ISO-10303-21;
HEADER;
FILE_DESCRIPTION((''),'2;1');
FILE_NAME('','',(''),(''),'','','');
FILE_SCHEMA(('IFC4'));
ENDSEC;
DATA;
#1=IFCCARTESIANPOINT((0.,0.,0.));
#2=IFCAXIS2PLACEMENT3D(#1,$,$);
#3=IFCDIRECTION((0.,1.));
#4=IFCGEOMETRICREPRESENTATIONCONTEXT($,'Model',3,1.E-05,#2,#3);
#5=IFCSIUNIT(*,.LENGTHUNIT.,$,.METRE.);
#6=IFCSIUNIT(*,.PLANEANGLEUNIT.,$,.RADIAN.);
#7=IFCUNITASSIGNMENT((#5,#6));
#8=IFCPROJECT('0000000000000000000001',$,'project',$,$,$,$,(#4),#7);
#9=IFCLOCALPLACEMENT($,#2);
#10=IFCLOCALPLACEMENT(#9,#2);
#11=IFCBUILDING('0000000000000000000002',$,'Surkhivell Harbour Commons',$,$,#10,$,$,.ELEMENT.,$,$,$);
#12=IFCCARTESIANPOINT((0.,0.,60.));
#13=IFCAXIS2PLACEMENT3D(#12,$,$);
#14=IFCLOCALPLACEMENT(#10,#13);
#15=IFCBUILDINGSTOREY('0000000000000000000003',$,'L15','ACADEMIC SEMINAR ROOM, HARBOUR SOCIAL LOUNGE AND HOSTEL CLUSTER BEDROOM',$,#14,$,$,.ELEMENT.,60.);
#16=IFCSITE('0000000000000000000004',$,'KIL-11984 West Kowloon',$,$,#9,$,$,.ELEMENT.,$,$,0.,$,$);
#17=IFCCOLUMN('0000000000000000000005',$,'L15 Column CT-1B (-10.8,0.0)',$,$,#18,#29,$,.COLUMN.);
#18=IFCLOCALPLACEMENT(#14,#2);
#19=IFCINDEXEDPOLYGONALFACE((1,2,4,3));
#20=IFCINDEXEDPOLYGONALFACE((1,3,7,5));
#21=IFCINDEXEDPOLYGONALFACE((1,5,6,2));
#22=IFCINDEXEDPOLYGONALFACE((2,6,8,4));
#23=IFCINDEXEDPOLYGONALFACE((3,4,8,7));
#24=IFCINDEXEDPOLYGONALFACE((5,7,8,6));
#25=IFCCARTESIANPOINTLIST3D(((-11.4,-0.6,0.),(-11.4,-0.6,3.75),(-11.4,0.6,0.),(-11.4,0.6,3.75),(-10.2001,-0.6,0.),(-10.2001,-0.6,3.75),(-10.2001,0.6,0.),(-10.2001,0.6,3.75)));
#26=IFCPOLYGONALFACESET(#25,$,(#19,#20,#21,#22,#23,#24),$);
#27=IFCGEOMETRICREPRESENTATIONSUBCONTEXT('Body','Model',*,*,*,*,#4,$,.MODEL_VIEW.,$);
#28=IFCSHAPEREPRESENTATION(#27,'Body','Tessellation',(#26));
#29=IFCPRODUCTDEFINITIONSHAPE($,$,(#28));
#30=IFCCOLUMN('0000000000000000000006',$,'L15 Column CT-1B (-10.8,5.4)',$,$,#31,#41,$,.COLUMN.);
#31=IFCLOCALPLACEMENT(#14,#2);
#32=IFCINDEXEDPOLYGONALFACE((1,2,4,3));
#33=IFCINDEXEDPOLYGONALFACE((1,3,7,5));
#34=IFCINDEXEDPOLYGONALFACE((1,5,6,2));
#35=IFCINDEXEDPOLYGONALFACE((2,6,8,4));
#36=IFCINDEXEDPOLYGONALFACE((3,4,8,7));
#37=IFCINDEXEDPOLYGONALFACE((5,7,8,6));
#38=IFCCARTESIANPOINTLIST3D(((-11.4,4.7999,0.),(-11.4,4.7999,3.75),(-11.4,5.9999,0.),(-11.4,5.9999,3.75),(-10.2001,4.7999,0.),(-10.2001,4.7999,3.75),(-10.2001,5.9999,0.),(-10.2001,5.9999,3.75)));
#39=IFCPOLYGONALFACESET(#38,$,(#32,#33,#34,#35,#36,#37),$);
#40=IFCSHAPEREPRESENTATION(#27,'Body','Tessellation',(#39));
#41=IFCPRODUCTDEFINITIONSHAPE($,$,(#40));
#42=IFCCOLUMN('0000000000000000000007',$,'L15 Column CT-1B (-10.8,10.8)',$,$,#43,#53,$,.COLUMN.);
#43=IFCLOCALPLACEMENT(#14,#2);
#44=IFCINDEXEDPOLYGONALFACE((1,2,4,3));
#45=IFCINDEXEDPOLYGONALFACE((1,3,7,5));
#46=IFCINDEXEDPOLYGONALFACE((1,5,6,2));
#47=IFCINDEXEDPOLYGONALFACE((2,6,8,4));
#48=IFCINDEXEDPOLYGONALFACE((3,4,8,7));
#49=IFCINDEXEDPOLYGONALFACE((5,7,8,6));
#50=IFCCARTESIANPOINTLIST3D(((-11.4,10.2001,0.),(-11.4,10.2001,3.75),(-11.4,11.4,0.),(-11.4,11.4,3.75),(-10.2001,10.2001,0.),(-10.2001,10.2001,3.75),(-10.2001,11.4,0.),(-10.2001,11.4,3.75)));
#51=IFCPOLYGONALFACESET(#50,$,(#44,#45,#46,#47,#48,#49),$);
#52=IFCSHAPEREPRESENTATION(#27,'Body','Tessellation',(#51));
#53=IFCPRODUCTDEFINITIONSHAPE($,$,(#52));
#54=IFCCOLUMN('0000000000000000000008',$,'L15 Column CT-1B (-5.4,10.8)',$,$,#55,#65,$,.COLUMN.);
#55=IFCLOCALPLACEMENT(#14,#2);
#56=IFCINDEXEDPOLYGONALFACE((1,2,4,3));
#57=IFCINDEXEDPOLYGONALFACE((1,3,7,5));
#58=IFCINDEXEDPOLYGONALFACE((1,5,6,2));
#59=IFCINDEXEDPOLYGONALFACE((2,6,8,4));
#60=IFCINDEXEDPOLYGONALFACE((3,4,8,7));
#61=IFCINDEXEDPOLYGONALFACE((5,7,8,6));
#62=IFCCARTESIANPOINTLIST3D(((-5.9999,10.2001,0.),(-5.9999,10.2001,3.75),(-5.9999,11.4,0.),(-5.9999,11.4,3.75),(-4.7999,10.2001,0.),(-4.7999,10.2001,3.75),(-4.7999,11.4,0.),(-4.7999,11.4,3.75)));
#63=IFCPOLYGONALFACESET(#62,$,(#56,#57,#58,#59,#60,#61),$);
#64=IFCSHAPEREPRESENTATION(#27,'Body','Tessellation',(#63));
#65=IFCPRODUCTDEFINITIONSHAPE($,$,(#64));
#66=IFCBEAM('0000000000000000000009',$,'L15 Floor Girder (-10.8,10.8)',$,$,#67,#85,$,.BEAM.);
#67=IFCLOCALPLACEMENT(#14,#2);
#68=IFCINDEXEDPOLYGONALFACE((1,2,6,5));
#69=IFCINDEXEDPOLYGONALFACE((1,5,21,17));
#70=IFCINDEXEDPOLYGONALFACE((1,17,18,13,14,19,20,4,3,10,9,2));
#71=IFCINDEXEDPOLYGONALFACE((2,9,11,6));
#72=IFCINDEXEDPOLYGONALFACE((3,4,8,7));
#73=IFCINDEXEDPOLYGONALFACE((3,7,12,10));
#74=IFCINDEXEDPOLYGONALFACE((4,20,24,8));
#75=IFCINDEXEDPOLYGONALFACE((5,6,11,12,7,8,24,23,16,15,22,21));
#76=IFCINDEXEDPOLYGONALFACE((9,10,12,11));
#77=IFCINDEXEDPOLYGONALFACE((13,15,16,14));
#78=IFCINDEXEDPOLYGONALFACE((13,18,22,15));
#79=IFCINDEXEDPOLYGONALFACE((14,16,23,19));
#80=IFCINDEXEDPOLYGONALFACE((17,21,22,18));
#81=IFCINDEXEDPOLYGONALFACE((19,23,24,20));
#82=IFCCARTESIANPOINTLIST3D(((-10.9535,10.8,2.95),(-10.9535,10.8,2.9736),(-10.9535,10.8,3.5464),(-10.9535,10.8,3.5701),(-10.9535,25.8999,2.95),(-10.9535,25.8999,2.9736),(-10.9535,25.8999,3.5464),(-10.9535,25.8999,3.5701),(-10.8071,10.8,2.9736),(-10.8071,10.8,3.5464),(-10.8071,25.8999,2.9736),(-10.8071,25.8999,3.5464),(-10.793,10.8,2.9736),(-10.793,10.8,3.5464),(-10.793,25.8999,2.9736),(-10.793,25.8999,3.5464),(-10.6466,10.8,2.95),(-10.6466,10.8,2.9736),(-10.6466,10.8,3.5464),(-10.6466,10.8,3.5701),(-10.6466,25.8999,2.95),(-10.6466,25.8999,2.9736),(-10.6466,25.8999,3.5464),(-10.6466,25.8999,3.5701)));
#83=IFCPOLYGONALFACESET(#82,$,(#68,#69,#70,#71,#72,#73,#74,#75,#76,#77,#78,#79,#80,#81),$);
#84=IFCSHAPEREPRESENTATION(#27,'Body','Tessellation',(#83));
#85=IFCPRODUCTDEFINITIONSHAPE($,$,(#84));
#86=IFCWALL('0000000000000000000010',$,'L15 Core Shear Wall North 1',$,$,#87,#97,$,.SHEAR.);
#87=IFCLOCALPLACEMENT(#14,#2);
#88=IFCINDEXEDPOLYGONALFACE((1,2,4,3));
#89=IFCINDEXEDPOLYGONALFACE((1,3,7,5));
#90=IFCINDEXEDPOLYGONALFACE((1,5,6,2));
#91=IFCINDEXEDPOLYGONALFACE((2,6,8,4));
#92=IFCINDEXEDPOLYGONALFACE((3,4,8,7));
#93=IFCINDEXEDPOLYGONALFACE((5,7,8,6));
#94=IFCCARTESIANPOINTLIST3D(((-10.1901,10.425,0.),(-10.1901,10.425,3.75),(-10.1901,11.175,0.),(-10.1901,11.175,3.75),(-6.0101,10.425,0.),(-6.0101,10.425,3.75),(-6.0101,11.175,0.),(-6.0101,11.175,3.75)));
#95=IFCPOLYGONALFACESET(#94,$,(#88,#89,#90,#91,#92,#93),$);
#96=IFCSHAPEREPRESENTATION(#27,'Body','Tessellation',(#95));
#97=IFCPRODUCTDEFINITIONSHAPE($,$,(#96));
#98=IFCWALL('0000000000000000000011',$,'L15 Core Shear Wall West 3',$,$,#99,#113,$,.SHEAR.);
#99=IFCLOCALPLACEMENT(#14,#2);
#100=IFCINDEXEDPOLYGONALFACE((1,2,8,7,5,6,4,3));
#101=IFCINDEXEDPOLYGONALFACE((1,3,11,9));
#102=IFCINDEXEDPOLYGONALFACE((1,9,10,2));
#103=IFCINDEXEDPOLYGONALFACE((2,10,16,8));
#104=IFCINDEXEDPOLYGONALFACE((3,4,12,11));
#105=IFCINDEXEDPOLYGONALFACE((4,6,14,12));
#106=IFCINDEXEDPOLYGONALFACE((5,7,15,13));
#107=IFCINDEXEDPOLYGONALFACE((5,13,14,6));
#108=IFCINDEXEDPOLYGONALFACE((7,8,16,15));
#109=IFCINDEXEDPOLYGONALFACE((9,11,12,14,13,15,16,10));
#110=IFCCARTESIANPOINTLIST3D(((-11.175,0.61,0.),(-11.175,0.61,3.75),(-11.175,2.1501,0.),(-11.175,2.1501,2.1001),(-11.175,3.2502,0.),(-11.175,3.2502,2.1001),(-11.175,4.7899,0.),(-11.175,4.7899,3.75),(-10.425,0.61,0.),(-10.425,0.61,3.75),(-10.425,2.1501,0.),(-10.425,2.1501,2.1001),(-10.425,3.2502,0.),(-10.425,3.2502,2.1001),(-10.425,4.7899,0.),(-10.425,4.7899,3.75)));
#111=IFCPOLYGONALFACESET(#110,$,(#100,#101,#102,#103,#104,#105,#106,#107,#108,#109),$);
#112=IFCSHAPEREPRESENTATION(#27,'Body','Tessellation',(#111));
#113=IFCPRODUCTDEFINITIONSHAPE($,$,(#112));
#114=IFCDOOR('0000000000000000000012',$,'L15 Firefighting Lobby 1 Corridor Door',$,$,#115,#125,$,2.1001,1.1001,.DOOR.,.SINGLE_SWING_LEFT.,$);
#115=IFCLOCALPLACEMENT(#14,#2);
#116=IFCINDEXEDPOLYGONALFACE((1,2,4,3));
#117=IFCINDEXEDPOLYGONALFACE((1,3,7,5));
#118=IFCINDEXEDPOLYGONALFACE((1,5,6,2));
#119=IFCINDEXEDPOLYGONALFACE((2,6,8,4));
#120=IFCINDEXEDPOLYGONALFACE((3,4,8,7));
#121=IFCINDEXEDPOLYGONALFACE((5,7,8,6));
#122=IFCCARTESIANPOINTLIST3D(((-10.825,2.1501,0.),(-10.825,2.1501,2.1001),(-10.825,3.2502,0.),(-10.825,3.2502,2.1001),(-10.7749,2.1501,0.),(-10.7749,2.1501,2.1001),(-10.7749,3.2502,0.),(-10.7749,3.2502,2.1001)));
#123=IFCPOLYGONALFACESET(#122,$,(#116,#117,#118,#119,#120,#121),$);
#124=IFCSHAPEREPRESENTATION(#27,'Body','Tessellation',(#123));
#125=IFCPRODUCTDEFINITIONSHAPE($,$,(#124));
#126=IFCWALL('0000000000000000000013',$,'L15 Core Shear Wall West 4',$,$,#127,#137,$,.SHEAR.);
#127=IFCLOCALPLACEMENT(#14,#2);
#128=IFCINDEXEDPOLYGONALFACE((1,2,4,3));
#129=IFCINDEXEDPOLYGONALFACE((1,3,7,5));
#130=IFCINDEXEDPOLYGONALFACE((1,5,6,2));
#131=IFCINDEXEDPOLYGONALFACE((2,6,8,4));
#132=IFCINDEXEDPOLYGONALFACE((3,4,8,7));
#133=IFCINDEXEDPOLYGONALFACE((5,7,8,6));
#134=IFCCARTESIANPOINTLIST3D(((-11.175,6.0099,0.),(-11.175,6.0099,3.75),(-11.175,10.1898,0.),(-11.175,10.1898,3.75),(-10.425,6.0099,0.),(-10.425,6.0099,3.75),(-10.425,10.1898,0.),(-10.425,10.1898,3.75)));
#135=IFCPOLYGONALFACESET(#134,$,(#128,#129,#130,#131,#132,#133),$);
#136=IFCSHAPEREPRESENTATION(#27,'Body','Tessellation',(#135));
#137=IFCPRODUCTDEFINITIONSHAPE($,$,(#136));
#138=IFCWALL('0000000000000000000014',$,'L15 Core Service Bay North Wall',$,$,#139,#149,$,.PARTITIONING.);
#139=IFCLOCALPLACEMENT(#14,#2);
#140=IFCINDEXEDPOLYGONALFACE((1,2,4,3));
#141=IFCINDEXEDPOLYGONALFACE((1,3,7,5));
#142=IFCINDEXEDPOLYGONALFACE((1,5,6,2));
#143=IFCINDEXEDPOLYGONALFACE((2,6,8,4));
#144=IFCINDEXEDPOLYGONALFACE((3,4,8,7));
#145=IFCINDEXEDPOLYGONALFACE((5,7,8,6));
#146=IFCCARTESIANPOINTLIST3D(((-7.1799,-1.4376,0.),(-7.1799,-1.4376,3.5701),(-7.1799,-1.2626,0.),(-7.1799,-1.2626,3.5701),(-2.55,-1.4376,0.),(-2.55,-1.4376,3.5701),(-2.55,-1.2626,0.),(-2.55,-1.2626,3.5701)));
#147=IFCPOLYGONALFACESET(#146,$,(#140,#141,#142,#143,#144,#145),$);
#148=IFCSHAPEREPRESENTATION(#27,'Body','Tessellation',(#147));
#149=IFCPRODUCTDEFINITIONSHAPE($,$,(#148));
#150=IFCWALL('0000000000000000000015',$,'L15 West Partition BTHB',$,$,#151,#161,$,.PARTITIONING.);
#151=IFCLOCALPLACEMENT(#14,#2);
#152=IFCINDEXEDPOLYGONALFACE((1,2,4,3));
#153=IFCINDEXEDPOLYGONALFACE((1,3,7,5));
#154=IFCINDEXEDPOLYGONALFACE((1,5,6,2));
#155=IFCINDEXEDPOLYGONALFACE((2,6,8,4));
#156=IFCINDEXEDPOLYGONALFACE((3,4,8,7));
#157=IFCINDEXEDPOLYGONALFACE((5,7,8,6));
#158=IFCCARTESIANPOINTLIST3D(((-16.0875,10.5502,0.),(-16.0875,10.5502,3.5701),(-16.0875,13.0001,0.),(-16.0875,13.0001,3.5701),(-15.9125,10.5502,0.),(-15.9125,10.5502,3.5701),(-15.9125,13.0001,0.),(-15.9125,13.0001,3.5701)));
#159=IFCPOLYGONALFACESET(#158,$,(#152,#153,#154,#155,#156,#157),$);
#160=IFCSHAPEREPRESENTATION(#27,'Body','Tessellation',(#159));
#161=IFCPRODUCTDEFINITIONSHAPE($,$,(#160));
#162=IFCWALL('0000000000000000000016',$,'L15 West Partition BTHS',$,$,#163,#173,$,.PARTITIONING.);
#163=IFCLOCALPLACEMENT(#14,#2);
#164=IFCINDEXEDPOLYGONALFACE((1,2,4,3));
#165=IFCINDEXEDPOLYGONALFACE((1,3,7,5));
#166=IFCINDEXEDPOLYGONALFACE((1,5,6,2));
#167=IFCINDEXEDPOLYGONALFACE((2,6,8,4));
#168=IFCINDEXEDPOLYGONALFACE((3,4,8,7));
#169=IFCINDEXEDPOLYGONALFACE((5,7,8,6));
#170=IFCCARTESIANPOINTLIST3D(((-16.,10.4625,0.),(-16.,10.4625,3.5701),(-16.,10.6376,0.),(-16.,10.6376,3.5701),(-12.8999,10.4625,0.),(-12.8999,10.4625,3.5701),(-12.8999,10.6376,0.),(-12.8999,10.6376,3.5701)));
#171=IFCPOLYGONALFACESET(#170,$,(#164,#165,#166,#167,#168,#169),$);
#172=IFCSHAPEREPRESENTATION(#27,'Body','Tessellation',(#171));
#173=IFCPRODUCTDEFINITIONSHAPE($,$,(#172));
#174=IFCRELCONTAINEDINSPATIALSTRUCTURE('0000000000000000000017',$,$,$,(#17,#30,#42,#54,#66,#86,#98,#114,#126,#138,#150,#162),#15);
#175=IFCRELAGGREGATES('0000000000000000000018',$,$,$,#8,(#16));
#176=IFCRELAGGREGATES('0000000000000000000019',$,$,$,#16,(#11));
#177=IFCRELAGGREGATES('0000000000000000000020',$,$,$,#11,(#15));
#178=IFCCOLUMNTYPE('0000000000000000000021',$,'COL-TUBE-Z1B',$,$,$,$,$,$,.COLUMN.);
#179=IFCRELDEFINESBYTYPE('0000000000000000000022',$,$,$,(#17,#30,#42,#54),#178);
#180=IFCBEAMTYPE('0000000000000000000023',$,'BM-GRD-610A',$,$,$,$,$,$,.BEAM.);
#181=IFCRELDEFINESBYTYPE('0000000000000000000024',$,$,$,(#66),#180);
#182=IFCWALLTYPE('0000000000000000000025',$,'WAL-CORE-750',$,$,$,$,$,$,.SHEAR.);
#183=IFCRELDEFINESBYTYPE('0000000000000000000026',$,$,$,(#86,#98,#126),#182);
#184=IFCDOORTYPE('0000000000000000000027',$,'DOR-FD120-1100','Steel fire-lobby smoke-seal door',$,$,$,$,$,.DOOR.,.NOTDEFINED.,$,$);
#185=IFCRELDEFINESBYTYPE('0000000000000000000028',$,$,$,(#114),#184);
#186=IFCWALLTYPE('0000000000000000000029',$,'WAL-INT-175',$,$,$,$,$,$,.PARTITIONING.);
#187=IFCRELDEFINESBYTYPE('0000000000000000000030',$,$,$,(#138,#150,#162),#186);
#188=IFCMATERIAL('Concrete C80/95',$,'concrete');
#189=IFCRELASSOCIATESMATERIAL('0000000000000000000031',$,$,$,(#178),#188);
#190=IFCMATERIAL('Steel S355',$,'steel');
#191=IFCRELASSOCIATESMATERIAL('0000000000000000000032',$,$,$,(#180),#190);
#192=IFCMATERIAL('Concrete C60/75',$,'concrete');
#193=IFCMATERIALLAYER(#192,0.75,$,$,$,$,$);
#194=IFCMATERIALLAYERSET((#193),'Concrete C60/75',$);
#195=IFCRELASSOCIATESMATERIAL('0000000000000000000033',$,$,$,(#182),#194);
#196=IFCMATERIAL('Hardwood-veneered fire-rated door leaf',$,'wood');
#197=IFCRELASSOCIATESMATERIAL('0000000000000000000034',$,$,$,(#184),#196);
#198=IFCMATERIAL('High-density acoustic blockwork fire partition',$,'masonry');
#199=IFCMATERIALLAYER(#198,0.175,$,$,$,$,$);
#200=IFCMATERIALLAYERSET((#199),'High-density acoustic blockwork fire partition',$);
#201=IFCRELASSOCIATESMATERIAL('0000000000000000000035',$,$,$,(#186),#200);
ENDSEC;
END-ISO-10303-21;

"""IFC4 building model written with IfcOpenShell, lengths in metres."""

from ifc_helpers import new_model, si_unit, direction, frame, frame_2d, origin, origin_2d, place, context, subcontext, project, spatial, rectangle, i_section, extrude, material, layer, layer_set, material_profile, profile_set, type_object, element, fill, save


model = new_model("IFC4")

# Units and contexts
model_context = context("Model", 3, precision=1e-05, world=origin(), true_north=direction((0.0, 1.0)))
body_context = subcontext(model_context, "Body", "Model", "MODEL_VIEW")
ifc_project = project(units=[si_unit("LENGTHUNIT", "METRE"), si_unit("PLANEANGLEUNIT", "RADIAN")], contexts=[model_context])

# Site, building, storey
site_placement = place(None, origin())
site = spatial("IfcSite", under=ifc_project, at=site_placement, Name="KIL-11984 West Kowloon", CompositionType="ELEMENT", RefElevation=0.0)
building_placement = place(site_placement, origin())
building = spatial("IfcBuilding", under=site, at=building_placement, Name="Surkhivell Harbour Commons", CompositionType="ELEMENT")
storey_placement = place(building_placement, frame((0.0, 0.0, 60.0)))
storey = spatial("IfcBuildingStorey", under=building, at=storey_placement, Name="L15", Description="ACADEMIC SEMINAR ROOM, HARBOUR SOCIAL LOUNGE AND HOSTEL CLUSTER BEDROOM", CompositionType="ELEMENT", Elevation=60.0)

# Columns
ifc_material_1 = material(Name="Concrete C80/95", Category="concrete")
ifc_material_profile_1 = material_profile(ifc_material_1, rectangle(XDim=1.2, YDim=1.2, at=origin_2d()), Name="RC-COL-1200x1200")
ifc_profile_set_1 = profile_set([ifc_material_profile_1], Name="Concrete C80/95")
column_type = type_object("IfcColumnType", Name="COL-TUBE-Z1B", PredefinedType="COLUMN", material=ifc_profile_set_1)
for number, where, z_axis, x_axis, name in (
    (1, (-10.8, 0.0, 0.0), (0.0, 0.0, 1.0), (1.0, 0.0, 0.0), "L15 Column CT-1B (-10.8,0.0)"),
    (2, (-10.8, 5.3999, 0.0), (0.0, 0.0, 1.0), (1.0, 0.0, 0.0), "L15 Column CT-1B (-10.8,5.4)"),
    (3, (-10.8, 10.8, 0.0), (0.0, 0.0, 1.0), (1.0, 0.0, 0.0), "L15 Column CT-1B (-10.8,10.8)"),
    (4, (-5.3999, 10.8, 0.0), (0.0, 0.0, 1.0), (1.0, 0.0, 0.0), "L15 Column CT-1B (-5.4,10.8)"),
):
    element("IfcColumn", number, at=place(storey_placement, frame(where, z_axis=z_axis, x_axis=x_axis)), inside=storey, type_object=column_type, Name=name, PredefinedType="COLUMN", context=body_context, shape_type="SweptSolid", body=[
        extrude(rectangle(XDim=1.2, YDim=1.2, at=origin_2d()), origin(), (0.0, 0.0, 1.0), 3.75),
    ])

# Beam
ifc_material_2 = material(Name="Steel S355", Category="steel")
ifc_material_profile_2 = material_profile(ifc_material_2, i_section(OverallWidth=0.3069, OverallDepth=0.6201, WebThickness=0.0142, FlangeThickness=0.0237, at=origin_2d()), Name="UB610x305x179")
ifc_profile_set_2 = profile_set([ifc_material_profile_2], Name="Steel S355")
beam_type = type_object("IfcBeamType", Name="BM-GRD-610A", PredefinedType="BEAM", material=ifc_profile_set_2)
beam_placement = place(storey_placement, frame((-10.8, 10.8, 3.26), z_axis=(0.0, 1.0, 0.0), x_axis=(-1.0, 0.0, 0.0)))
element("IfcBeam", 5, at=beam_placement, inside=storey, type_object=beam_type, Name="L15 Floor Girder (-10.8,10.8)", PredefinedType="BEAM", context=body_context, shape_type="SweptSolid", body=[
    extrude(i_section(OverallWidth=0.3069, OverallDepth=0.6201, WebThickness=0.0142, FlangeThickness=0.0237, at=origin_2d()), origin(), (0.0, 0.0, 1.0), 15.0999),
])

# Wall
ifc_material_3 = material(Name="Concrete C60/75", Category="concrete")
ifc_layer_1 = layer(ifc_material_3, 0.75)
ifc_layer_set_1 = layer_set([ifc_layer_1], Name="Concrete C60/75")
wall_type_1 = type_object("IfcWallType", Name="WAL-CORE-750", PredefinedType="SHEAR", material=ifc_layer_set_1)
wall_1_placement = place(storey_placement, frame((-10.1899, 10.8, 0.0), z_axis=(0.0, 0.0, 1.0), x_axis=(1.0, 0.0, 0.0)))
element("IfcWall", 6, at=wall_1_placement, inside=storey, type_object=wall_type_1, Name="L15 Core Shear Wall North 1", PredefinedType="SHEAR", context=body_context, shape_type="SweptSolid", body=[
    extrude(rectangle(XDim=4.1799, YDim=0.75, at=frame_2d((2.0898, 0.0))), origin(), (0.0, 0.0, 1.0), 3.75),
])

# Wall, opening, door
wall_2_placement = place(storey_placement, frame((-10.8, 0.6101, 0.0), z_axis=(0.0, 0.0, 1.0), x_axis=(0.0, 1.0, 0.0)))
wall_2 = element("IfcWall", 7, at=wall_2_placement, inside=storey, type_object=wall_type_1, Name="L15 Core Shear Wall West 3", PredefinedType="SHEAR", context=body_context, shape_type="SweptSolid", body=[
    extrude(rectangle(XDim=4.1799, YDim=0.75, at=frame_2d((2.0898, 0.0))), origin(), (0.0, 0.0, 1.0), 3.75),
])
opening_1_placement = place(wall_2_placement, frame((1.54, 0.0, 0.0)))
opening_1 = element("IfcOpeningElement", 8, at=opening_1_placement, cuts=wall_2, PredefinedType="OPENING", context=body_context, shape_type="SweptSolid", body=[
    extrude(rectangle(XDim=1.1001, YDim=2.1001, at=frame_2d((0.55, 1.05))), frame((0.0, 0.385, 0.0), z_axis=(0.0, -1.0, 0.0), x_axis=(1.0, 0.0, 0.0)), (0.0, 0.0, 1.0), 0.77),
])
ifc_material_4 = material(Name="Hardwood-veneered fire-rated door leaf", Category="wood")
door_type_1 = type_object("IfcDoorType", Name="DOR-FD120-1100", Description="Steel fire-lobby smoke-seal door", OperationType="NOTDEFINED", PredefinedType="DOOR", material=ifc_material_4)
door_1_placement = place(opening_1_placement, origin())
door_1 = element("IfcDoor", 9, at=door_1_placement, inside=storey, type_object=door_type_1, Name="L15 Firefighting Lobby 1 Corridor Door", OperationType="SINGLE_SWING_LEFT", OverallHeight=2.1001, OverallWidth=1.1001, PredefinedType="DOOR", context=body_context, shape_type="SweptSolid", body=[
    extrude(rectangle(XDim=1.1001, YDim=2.1001, at=frame_2d((0.55, 1.05))), frame((0.0, 0.0249, 0.0), z_axis=(0.0, -1.0, 0.0), x_axis=(1.0, 0.0, 0.0)), (0.0, 0.0, 1.0), 0.05),
])
fill(opening_1, door_1)

# Walls
wall_3_placement = place(storey_placement, frame((-10.8, 6.01, 0.0), z_axis=(0.0, 0.0, 1.0), x_axis=(0.0, 1.0, 0.0)))
element("IfcWall", 10, at=wall_3_placement, inside=storey, type_object=wall_type_1, Name="L15 Core Shear Wall West 4", PredefinedType="SHEAR", context=body_context, shape_type="SweptSolid", body=[
    extrude(rectangle(XDim=4.1799, YDim=0.75, at=frame_2d((2.0898, 0.0))), origin(), (0.0, 0.0, 1.0), 3.75),
])
ifc_material_5 = material(Name="High-density acoustic blockwork fire partition", Category="masonry")
ifc_layer_2 = layer(ifc_material_5, 0.175)
ifc_layer_set_2 = layer_set([ifc_layer_2], Name="High-density acoustic blockwork fire partition")
wall_type_2 = type_object("IfcWallType", Name="WAL-INT-175", PredefinedType="PARTITIONING", material=ifc_layer_set_2)
wall_4_placement = place(storey_placement, frame((-7.1799, -1.3501, 0.0), z_axis=(0.0, 0.0, 1.0), x_axis=(1.0, 0.0, 0.0)))
element("IfcWall", 11, at=wall_4_placement, inside=storey, type_object=wall_type_2, Name="L15 Core Service Bay North Wall", PredefinedType="PARTITIONING", context=body_context, shape_type="SweptSolid", body=[
    extrude(rectangle(XDim=4.6299, YDim=0.175, at=frame_2d((2.3149, 0.0))), origin(), (0.0, 0.0, 1.0), 3.5701),
])
wall_5_placement = place(storey_placement, frame((-16.0, 10.55, 0.0), z_axis=(0.0, 0.0, 1.0), x_axis=(0.0, 1.0, 0.0)))
element("IfcWall", 12, at=wall_5_placement, inside=storey, type_object=wall_type_2, Name="L15 West Partition BTHB", PredefinedType="PARTITIONING", context=body_context, shape_type="SweptSolid", body=[
    extrude(rectangle(XDim=2.45, YDim=0.175, at=frame_2d((1.2251, 0.0))), origin(), (0.0, 0.0, 1.0), 3.5701),
])
wall_6_placement = place(storey_placement, frame((-16.0, 10.55, 0.0), z_axis=(0.0, 0.0, 1.0), x_axis=(1.0, 0.0, 0.0)))
element("IfcWall", 13, at=wall_6_placement, inside=storey, type_object=wall_type_2, Name="L15 West Partition BTHS", PredefinedType="PARTITIONING", context=body_context, shape_type="SweptSolid", body=[
    extrude(rectangle(XDim=3.1001, YDim=0.175, at=frame_2d((1.55, 0.0))), origin(), (0.0, 0.0, 1.0), 3.5701),
])

save(model, "model.ifc")
